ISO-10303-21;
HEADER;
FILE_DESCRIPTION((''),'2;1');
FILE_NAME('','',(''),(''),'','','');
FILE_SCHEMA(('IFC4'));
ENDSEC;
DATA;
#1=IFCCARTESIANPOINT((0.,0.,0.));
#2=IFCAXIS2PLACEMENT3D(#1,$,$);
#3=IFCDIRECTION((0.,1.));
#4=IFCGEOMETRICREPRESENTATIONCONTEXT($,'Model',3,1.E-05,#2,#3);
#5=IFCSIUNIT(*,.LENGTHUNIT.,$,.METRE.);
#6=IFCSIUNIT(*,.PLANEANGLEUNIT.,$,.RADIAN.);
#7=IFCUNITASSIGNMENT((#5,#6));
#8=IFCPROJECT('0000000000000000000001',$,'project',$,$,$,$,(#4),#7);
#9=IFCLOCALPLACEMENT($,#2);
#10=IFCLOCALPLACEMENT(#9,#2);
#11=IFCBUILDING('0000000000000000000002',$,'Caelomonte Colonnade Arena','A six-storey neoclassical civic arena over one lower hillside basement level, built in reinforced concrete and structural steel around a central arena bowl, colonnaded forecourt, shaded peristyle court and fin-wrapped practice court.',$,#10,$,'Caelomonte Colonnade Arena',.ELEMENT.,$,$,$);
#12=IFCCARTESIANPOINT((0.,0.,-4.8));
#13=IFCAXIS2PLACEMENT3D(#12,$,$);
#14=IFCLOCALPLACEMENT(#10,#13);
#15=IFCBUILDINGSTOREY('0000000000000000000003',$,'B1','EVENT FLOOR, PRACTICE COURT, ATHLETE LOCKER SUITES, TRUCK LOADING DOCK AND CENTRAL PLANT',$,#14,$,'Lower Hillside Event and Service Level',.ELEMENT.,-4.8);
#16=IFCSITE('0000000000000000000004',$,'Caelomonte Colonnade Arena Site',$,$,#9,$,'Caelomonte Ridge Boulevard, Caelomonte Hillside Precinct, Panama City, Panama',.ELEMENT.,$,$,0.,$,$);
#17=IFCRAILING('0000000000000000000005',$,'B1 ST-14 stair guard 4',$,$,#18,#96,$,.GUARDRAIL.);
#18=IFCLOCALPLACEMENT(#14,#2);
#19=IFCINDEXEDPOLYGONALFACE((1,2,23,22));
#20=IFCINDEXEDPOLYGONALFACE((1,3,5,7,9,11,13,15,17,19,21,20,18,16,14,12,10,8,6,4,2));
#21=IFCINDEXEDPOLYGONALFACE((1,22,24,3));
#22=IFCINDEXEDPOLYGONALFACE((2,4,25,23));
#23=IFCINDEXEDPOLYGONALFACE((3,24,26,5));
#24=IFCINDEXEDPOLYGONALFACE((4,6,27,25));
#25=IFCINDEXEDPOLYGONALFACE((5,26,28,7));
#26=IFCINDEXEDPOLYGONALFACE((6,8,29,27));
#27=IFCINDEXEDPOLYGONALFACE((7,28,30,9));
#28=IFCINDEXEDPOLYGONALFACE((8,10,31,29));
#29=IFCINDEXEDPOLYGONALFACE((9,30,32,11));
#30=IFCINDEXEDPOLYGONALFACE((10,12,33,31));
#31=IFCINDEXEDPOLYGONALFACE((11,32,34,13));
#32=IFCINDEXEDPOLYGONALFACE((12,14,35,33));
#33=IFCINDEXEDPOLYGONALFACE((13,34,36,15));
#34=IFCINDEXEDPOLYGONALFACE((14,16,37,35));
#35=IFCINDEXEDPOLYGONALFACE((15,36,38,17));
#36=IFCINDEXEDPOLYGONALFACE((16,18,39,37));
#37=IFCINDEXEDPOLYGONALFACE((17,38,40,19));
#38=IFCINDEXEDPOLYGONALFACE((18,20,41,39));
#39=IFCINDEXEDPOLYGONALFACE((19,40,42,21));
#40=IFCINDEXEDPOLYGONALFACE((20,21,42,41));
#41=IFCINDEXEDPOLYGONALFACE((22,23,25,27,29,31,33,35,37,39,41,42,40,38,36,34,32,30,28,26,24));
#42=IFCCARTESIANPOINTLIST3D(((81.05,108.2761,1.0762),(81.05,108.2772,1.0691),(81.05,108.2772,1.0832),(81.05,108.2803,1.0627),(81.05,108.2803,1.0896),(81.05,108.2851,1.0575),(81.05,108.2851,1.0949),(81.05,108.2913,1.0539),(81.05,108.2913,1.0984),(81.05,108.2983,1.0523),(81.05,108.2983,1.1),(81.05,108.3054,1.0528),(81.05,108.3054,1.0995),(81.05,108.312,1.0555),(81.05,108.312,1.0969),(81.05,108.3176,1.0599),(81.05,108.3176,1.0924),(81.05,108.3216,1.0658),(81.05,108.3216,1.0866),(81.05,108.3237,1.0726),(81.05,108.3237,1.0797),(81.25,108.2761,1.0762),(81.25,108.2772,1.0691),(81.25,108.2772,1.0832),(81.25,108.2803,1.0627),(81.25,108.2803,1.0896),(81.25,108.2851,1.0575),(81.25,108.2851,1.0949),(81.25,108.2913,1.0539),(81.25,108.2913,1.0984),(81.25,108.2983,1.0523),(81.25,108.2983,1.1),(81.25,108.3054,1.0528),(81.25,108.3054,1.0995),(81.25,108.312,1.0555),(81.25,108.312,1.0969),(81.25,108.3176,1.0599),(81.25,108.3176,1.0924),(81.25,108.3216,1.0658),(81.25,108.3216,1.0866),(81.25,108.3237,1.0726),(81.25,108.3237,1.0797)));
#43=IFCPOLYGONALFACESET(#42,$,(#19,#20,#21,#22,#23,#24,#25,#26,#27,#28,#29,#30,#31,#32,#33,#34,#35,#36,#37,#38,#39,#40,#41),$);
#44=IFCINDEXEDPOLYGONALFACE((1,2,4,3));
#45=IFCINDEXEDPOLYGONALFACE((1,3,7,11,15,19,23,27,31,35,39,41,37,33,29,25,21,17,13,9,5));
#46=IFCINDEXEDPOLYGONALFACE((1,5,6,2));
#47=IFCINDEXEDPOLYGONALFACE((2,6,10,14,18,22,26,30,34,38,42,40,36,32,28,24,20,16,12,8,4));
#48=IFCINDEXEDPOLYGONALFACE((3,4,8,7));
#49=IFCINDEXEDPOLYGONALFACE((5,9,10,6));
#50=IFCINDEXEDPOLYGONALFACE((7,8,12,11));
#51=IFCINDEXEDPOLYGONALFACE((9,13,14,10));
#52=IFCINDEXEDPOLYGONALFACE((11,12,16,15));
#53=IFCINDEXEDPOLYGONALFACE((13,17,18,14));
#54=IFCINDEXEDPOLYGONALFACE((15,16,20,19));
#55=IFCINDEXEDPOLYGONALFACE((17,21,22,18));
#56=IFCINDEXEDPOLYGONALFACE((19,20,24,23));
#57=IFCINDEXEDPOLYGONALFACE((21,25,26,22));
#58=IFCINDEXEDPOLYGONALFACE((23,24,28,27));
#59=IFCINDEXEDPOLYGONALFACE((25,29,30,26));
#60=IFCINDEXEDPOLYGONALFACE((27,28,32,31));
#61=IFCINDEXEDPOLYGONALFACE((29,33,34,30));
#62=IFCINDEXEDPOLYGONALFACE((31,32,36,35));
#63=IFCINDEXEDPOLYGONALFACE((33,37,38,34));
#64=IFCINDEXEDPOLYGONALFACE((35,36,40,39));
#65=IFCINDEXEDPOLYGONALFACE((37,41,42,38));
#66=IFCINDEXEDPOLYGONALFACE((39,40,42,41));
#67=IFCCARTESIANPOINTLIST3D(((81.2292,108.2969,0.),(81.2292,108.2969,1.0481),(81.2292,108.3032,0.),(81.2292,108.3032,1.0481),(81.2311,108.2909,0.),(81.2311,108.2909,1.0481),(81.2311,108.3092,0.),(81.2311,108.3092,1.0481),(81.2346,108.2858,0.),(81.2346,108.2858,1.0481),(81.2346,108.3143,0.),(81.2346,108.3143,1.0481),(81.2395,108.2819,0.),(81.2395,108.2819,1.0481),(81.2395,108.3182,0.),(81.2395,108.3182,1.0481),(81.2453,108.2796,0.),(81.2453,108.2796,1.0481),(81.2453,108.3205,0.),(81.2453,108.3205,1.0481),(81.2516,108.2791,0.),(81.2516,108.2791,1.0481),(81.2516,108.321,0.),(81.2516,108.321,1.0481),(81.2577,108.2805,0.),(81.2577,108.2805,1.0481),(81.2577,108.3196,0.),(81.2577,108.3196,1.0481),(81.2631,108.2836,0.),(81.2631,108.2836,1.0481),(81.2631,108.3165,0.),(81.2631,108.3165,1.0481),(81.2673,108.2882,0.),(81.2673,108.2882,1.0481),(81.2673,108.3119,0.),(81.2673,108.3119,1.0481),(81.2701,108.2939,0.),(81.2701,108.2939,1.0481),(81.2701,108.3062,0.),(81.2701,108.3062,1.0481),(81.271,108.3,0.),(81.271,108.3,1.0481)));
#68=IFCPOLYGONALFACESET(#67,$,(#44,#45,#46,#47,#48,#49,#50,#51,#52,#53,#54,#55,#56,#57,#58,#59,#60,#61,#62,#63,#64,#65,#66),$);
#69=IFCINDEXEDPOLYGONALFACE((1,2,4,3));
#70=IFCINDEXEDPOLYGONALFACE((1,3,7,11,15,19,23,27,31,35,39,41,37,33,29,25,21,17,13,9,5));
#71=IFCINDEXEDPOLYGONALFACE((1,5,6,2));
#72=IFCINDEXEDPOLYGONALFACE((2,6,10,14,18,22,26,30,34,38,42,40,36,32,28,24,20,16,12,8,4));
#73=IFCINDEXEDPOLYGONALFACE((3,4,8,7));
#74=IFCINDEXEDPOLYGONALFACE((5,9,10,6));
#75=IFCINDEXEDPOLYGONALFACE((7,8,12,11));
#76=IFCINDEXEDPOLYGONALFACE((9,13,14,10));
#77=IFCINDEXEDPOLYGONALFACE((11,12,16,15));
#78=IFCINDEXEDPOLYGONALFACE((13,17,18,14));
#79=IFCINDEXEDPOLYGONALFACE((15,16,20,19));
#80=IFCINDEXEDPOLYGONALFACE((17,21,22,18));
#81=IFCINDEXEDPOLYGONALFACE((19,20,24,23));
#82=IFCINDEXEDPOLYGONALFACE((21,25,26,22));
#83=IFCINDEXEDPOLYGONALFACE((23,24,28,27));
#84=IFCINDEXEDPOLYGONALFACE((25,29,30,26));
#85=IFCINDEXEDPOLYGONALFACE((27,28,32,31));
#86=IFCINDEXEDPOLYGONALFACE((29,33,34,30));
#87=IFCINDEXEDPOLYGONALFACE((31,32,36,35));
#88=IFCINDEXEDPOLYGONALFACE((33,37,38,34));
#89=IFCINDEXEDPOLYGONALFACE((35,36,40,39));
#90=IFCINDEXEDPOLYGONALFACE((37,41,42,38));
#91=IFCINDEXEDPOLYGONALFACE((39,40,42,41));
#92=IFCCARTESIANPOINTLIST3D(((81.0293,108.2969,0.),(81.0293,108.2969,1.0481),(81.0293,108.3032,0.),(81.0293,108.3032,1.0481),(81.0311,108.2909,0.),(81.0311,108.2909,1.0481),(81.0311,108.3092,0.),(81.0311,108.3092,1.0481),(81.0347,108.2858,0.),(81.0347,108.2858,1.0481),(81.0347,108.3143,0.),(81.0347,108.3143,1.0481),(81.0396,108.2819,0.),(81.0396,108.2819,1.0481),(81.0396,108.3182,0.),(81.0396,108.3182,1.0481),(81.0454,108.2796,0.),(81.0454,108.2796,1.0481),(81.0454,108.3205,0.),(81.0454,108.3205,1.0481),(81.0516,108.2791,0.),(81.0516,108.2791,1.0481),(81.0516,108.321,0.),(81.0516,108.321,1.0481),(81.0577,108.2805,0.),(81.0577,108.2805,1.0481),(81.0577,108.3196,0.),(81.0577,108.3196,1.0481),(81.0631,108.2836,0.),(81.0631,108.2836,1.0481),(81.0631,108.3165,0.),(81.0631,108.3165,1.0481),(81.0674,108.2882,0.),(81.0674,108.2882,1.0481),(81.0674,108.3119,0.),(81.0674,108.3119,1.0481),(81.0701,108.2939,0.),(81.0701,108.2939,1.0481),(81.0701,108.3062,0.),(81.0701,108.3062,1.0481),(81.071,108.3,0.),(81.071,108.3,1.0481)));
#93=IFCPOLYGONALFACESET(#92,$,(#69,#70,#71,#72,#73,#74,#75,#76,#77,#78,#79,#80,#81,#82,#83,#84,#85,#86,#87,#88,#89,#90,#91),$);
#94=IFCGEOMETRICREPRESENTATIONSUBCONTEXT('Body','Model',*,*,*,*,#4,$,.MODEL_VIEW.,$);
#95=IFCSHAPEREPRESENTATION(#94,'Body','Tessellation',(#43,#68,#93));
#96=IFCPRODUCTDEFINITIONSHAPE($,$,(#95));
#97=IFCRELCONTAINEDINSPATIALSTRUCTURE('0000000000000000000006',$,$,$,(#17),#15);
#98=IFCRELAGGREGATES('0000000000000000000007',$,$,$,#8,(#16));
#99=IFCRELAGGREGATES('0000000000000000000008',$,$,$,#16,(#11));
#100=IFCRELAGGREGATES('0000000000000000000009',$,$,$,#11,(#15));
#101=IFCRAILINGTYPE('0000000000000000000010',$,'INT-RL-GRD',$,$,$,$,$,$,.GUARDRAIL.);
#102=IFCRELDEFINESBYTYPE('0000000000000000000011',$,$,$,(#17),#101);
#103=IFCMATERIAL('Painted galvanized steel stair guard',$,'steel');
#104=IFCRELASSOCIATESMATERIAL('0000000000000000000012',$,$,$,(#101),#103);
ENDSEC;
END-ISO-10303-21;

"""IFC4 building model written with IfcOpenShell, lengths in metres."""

from ifc_helpers import new_model, si_unit, direction, frame, origin, origin_2d, place, context, subcontext, project, spatial, circle, extrude, material, type_object, element, save


model = new_model("IFC4")

# Units and contexts
model_context = context("Model", 3, precision=1e-05, world=origin(), true_north=direction((0.0, 1.0)))
body_context = subcontext(model_context, "Body", "Model", "MODEL_VIEW")
ifc_project = project(units=[si_unit("LENGTHUNIT", "METRE"), si_unit("PLANEANGLEUNIT", "RADIAN")], contexts=[model_context])

# Site, building, storey
site_placement = place(None, origin())
site = spatial("IfcSite", under=ifc_project, at=site_placement, Name="Caelomonte Colonnade Arena Site", LongName="Caelomonte Ridge Boulevard, Caelomonte Hillside Precinct, Panama City, Panama", CompositionType="ELEMENT", RefElevation=0.0)
building_placement = place(site_placement, origin())
building = spatial("IfcBuilding", under=site, at=building_placement, Name="Caelomonte Colonnade Arena", Description="A six-storey neoclassical civic arena over one lower hillside basement level, built in reinforced concrete and structural steel around a central arena bowl, colonnaded forecourt, shaded peristyle court and fin-wrapped practice court.", LongName="Caelomonte Colonnade Arena", CompositionType="ELEMENT")
storey_placement = place(building_placement, frame((0.0, 0.0, -4.8)))
storey = spatial("IfcBuildingStorey", under=building, at=storey_placement, Name="B1", Description="EVENT FLOOR, PRACTICE COURT, ATHLETE LOCKER SUITES, TRUCK LOADING DOCK AND CENTRAL PLANT", LongName="Lower Hillside Event and Service Level", CompositionType="ELEMENT", Elevation=-4.8)

# Railing
ifc_material_1 = material(Name="Painted galvanized steel stair guard", Category="steel")
railing_type_1 = type_object("IfcRailingType", Name="INT-RL-GRD", PredefinedType="GUARDRAIL", material=ifc_material_1)
railing_1_placement = place(storey_placement, frame((81.25, 108.3, 0.0)))
element("IfcRailing", 1, at=railing_1_placement, inside=storey, type_object=railing_type_1, Name="B1 ST-14 stair guard 4", PredefinedType="GUARDRAIL", context=body_context, shape_type="SweptSolid", body=[
    extrude(circle(Radius=0.0239, at=origin_2d()), frame((0.0, 0.0, 1.0762), z_axis=(-1.0, 0.0, 0.0), x_axis=(0.0, -1.0, 0.0)), (0.0, 0.0, 1.0), 0.2),
    extrude(circle(Radius=0.021, at=origin_2d()), origin(), (0.0, 0.0, 1.0), 1.0481),
    extrude(circle(Radius=0.021, at=origin_2d()), frame((-0.2, 0.0, 0.0)), (0.0, 0.0, 1.0), 1.0481),
])

save(model, "model.ifc")
